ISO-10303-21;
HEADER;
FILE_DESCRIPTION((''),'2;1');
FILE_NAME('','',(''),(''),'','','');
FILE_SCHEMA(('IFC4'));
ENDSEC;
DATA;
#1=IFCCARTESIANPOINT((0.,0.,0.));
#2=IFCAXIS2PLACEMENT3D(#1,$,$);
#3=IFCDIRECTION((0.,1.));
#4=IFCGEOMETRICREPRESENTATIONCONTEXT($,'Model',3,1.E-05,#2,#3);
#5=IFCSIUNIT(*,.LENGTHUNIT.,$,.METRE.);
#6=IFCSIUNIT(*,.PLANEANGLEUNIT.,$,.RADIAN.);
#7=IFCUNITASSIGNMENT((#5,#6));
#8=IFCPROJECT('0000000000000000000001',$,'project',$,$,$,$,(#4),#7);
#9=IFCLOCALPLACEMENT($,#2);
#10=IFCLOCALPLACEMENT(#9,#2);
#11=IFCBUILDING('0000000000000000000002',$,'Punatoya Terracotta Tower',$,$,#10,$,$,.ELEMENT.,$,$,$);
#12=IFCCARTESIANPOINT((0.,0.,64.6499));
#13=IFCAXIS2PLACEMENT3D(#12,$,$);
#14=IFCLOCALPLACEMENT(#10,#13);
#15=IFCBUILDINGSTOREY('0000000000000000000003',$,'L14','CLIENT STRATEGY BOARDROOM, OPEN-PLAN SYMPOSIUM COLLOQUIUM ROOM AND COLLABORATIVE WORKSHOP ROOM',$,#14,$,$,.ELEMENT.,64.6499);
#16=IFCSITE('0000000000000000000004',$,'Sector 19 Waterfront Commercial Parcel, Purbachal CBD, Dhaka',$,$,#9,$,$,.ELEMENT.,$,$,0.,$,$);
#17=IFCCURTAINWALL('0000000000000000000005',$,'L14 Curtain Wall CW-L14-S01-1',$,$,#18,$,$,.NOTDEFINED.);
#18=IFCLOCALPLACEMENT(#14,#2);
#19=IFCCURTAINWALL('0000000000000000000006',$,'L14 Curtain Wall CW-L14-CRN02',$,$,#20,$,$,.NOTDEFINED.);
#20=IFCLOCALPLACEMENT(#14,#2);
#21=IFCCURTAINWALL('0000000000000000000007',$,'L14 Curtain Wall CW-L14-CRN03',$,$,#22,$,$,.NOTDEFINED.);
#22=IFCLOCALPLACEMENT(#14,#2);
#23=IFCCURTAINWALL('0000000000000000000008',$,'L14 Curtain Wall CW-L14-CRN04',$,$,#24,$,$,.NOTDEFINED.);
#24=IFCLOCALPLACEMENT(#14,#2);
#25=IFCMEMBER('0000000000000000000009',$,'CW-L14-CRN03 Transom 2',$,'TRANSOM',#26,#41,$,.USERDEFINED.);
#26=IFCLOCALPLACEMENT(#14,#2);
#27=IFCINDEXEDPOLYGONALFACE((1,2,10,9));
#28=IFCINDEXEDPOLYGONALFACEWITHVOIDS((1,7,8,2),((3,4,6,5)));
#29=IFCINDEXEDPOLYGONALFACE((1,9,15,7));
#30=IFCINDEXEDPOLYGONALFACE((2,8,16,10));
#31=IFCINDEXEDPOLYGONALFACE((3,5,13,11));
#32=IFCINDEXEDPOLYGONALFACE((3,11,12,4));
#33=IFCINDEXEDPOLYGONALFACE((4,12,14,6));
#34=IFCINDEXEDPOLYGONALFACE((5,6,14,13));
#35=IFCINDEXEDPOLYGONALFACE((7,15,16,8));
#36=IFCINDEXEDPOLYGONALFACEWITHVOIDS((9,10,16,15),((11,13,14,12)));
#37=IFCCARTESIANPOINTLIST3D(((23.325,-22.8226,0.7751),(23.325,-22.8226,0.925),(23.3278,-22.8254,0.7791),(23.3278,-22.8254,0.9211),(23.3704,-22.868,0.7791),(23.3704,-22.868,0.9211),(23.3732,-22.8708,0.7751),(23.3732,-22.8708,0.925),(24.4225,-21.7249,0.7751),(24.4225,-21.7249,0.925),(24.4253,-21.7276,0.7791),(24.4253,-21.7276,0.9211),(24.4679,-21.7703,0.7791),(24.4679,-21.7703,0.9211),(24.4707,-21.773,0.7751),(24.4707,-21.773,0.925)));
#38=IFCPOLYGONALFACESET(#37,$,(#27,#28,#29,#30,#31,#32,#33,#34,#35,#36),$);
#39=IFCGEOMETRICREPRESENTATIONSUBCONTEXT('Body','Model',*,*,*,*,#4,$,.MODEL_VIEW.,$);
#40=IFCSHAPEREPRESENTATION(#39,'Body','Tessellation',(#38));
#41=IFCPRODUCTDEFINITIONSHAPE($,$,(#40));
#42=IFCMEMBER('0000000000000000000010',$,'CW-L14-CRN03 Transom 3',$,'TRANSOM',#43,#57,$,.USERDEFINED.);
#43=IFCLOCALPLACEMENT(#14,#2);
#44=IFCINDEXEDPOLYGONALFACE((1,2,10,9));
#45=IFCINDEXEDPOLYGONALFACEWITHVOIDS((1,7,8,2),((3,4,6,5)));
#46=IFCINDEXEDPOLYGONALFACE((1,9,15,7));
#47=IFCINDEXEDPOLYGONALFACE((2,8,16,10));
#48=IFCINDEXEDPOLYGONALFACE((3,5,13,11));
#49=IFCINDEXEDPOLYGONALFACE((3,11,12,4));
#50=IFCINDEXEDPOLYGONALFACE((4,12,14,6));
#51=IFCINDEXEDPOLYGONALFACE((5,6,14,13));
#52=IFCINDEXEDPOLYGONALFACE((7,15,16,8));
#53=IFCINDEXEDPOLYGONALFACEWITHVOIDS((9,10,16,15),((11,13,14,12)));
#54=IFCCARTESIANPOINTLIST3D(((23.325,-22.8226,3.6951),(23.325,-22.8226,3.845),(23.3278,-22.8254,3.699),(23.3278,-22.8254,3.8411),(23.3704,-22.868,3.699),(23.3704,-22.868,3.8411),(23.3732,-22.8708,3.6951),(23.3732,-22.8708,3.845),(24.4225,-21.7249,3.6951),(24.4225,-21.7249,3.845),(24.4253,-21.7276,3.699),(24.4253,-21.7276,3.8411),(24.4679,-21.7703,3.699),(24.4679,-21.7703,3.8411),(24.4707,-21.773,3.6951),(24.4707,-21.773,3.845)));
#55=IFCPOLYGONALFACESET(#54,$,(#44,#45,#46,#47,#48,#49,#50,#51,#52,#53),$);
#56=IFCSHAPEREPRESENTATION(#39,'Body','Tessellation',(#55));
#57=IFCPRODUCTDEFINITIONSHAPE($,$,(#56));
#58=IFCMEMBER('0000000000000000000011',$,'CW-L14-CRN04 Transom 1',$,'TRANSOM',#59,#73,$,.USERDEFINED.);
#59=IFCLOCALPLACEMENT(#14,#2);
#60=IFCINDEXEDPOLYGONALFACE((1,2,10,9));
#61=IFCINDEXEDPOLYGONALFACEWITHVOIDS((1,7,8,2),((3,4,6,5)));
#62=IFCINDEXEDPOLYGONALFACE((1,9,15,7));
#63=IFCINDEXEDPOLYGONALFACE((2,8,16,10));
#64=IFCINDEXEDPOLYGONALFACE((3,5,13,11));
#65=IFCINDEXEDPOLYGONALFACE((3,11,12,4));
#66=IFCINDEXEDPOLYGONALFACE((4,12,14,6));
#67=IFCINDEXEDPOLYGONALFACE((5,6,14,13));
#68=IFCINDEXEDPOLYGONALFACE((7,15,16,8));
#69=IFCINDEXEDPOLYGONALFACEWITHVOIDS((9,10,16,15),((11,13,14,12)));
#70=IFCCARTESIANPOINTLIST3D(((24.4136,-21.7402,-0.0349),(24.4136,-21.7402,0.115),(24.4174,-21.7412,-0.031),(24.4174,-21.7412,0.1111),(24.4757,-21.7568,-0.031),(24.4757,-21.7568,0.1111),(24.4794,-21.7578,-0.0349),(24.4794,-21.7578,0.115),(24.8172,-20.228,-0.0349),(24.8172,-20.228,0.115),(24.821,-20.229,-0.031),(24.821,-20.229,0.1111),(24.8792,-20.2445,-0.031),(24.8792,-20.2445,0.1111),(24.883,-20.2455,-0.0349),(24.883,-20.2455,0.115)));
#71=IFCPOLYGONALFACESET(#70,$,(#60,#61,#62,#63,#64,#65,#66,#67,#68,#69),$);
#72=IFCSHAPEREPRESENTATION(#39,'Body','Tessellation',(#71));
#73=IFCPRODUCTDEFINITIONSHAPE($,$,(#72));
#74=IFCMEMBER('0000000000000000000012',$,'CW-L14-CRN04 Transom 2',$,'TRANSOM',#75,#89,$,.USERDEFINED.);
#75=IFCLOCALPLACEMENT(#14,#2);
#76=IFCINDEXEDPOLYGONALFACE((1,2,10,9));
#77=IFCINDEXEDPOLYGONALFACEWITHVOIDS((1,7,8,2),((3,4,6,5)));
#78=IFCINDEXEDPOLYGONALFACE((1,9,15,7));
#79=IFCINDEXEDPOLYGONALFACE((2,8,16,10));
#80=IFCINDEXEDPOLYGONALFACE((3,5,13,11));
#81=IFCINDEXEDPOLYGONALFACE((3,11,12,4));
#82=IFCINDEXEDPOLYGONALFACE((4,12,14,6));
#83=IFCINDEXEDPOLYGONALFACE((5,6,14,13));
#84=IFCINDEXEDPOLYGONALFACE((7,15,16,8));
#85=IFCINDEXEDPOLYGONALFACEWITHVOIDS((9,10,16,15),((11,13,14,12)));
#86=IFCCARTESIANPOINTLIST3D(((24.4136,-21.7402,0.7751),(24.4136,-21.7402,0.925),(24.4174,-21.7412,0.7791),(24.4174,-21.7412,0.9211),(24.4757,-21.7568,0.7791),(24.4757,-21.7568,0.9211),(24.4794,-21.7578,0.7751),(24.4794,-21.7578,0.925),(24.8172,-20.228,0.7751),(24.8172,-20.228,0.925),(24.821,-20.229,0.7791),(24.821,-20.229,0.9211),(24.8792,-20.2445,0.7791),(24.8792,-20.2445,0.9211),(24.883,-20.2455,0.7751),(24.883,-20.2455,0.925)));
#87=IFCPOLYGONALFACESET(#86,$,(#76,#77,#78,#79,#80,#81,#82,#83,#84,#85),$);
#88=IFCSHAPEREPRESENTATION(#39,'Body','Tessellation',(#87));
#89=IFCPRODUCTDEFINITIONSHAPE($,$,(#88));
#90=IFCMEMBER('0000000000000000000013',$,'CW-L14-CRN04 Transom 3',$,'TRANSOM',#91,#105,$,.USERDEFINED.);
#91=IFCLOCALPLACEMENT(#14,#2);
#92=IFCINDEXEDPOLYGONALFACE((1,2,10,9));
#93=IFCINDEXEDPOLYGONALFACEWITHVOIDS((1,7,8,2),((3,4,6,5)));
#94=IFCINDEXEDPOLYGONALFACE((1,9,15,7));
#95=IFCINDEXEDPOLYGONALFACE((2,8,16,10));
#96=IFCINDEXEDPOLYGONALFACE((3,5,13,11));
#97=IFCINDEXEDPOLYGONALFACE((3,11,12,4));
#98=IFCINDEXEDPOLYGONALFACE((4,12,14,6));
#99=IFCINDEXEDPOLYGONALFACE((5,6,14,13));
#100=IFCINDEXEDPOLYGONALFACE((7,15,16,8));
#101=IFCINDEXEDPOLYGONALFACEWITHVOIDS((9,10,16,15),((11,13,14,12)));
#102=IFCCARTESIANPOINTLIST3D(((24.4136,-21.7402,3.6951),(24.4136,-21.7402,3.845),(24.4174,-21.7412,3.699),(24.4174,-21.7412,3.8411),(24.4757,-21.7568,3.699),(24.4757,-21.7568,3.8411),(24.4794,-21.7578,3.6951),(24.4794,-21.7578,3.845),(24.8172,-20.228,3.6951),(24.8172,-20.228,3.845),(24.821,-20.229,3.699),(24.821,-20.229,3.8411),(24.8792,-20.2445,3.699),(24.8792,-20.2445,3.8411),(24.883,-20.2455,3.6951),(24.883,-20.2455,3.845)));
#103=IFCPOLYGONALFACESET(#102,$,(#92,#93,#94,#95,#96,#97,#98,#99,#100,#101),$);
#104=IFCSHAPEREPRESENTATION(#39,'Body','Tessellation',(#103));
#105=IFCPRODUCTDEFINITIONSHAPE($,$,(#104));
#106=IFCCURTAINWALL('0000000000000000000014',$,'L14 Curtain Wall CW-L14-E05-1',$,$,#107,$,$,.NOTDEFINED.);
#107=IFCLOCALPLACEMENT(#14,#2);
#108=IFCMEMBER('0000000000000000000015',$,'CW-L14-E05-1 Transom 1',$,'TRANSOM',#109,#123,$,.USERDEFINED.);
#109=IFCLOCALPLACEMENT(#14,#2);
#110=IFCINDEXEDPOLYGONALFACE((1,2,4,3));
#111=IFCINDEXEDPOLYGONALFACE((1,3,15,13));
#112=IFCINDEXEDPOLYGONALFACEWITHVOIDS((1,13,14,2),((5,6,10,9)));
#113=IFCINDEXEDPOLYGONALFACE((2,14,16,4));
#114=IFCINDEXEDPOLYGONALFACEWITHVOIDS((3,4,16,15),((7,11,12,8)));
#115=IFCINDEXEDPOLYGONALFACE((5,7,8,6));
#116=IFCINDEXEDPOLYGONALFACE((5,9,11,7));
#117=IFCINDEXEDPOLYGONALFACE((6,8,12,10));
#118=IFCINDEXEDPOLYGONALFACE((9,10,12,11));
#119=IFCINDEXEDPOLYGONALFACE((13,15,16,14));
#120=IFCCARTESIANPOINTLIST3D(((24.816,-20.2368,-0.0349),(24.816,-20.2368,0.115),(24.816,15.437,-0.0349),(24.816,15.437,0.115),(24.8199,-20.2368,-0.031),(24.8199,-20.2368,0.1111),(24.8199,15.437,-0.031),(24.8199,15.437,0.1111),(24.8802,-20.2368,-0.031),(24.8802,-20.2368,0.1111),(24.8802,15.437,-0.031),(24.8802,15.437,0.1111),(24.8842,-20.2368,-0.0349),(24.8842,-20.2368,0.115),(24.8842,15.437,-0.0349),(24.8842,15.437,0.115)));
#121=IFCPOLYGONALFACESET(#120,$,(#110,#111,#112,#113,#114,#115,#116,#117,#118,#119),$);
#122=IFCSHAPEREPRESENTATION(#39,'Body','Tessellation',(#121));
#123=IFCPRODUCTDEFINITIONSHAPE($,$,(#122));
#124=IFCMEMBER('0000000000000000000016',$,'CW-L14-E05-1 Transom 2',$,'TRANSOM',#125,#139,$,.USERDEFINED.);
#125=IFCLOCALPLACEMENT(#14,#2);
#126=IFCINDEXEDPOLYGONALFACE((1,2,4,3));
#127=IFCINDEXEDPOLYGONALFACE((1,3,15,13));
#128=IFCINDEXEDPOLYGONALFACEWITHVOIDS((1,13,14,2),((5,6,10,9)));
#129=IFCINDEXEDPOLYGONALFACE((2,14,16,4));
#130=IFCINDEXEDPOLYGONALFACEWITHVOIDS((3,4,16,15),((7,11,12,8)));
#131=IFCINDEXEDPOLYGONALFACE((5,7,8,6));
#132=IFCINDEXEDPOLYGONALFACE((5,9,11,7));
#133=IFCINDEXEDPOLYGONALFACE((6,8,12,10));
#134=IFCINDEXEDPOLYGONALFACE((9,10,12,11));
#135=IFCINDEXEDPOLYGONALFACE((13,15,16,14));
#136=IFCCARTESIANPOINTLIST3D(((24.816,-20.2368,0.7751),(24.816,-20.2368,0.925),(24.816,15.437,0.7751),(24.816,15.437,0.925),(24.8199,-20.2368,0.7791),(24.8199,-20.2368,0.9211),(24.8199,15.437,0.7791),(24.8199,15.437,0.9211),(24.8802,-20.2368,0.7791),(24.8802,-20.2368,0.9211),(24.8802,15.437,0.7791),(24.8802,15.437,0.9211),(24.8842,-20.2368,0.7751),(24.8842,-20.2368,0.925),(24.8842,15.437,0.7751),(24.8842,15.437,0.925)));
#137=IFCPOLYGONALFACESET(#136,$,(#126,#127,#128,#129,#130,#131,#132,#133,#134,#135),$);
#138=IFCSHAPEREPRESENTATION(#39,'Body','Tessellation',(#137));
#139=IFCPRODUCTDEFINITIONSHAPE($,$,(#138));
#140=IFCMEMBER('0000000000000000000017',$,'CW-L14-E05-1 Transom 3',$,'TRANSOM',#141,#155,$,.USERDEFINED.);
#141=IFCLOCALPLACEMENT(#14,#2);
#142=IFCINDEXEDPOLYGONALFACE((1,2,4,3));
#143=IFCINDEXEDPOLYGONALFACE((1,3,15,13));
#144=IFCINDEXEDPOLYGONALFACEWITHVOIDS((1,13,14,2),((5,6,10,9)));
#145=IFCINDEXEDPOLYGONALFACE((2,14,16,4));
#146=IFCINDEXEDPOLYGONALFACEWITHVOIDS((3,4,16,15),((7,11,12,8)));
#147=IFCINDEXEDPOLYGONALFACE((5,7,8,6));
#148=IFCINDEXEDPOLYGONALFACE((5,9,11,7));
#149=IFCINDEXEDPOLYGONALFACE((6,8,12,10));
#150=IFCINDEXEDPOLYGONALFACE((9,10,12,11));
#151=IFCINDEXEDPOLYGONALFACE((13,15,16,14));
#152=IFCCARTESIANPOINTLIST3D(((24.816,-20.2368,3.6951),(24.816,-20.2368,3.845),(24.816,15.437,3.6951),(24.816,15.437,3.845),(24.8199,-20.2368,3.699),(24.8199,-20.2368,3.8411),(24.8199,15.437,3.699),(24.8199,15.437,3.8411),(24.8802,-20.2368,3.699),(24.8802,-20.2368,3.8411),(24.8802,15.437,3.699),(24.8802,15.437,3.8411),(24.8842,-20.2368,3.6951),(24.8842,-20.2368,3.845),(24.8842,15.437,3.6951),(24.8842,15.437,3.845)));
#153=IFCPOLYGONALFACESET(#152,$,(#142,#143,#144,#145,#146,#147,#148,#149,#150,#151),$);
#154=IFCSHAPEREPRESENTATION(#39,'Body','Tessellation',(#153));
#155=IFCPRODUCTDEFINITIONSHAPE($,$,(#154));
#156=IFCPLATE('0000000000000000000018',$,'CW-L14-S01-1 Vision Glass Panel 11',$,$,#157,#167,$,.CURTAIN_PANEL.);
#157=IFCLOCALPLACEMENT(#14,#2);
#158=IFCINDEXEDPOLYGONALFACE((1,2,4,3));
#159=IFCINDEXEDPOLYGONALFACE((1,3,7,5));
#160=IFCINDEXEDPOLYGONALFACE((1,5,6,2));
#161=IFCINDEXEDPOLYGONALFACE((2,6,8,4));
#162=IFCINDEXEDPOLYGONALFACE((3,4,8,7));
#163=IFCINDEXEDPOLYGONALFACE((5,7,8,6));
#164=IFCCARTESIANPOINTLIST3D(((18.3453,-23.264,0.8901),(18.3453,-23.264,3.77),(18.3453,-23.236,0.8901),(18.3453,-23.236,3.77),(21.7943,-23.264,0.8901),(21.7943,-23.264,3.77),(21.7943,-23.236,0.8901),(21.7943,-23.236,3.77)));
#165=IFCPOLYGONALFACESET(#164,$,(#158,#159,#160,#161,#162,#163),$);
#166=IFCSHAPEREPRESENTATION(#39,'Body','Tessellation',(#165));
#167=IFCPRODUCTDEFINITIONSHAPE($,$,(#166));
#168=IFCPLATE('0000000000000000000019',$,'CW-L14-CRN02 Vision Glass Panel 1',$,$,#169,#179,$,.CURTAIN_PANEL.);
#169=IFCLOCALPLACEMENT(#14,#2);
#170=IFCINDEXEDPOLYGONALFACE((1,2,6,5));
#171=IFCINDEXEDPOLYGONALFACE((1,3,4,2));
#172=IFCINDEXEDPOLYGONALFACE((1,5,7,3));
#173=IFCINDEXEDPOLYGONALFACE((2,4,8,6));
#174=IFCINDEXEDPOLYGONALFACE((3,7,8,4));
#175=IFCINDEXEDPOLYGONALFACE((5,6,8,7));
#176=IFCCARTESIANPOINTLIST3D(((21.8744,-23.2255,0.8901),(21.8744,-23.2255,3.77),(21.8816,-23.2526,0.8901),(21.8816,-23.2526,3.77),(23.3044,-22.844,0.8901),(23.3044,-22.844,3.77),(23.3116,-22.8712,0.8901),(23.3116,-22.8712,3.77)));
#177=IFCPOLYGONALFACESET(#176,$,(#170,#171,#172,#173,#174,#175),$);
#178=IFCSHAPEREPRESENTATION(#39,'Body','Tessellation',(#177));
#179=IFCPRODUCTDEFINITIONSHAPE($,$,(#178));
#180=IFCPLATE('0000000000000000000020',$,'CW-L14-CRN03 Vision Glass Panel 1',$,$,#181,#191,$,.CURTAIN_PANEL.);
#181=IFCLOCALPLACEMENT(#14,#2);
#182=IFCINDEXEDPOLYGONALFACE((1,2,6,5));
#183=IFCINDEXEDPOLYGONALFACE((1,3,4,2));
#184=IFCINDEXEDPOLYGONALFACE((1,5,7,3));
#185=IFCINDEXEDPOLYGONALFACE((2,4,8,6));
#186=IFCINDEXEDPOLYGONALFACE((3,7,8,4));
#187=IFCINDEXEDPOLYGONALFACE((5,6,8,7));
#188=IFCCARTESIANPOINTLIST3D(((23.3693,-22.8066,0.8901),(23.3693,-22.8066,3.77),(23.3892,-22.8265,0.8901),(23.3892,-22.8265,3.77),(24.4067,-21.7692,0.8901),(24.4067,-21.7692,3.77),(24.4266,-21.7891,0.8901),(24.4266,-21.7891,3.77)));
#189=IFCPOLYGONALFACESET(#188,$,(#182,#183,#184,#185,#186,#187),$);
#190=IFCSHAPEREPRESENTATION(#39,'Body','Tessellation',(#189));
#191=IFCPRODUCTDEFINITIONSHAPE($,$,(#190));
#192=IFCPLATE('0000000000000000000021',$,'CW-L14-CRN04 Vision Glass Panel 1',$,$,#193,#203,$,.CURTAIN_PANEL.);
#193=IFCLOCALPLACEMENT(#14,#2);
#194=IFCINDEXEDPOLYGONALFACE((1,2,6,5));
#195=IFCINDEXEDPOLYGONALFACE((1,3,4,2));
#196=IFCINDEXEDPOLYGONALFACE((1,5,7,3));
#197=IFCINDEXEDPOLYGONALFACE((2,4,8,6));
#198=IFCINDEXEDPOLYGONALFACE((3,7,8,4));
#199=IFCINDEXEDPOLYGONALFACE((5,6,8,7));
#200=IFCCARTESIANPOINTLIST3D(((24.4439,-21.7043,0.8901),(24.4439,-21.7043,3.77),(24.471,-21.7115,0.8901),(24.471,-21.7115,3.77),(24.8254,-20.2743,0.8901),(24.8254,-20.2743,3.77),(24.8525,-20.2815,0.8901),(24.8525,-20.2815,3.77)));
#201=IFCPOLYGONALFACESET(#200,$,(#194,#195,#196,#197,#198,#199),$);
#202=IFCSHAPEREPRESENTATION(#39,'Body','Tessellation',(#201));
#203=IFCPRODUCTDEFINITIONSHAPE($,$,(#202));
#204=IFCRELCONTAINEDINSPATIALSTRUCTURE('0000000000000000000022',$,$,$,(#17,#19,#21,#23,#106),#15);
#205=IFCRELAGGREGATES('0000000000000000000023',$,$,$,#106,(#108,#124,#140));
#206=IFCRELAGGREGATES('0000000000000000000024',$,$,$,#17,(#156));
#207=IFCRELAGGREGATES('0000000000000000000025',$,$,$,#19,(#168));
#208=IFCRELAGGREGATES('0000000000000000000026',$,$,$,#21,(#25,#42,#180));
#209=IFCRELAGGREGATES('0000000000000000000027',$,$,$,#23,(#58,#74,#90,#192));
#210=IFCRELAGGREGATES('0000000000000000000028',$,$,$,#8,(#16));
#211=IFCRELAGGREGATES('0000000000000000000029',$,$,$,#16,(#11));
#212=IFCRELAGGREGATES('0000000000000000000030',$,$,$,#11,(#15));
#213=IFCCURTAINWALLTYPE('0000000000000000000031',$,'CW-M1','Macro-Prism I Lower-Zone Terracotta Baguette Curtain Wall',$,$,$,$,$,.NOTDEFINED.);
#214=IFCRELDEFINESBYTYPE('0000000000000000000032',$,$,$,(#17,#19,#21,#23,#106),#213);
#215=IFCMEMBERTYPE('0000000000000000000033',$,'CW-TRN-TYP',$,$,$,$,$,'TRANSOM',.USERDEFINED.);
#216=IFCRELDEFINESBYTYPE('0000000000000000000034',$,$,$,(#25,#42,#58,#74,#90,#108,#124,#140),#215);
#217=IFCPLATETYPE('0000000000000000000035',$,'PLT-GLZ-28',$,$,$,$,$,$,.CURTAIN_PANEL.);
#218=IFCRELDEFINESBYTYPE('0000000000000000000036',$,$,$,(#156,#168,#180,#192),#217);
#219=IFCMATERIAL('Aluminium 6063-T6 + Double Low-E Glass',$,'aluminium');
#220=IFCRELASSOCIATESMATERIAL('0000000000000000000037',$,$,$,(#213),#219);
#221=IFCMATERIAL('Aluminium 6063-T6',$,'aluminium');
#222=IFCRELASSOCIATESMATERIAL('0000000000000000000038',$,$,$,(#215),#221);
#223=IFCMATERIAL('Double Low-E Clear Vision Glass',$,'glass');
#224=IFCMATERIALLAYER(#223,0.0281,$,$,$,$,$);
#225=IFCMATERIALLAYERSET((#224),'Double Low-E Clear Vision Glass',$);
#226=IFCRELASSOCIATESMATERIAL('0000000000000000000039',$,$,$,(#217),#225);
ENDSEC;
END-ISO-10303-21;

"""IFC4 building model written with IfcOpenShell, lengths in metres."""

from ifc_helpers import new_model, si_unit, direction, frame, origin, origin_2d, place, context, subcontext, project, spatial, rectangle, hollow_rectangle, extrude, material, layer, layer_set, material_profile, profile_set, type_object, element, aggregate, save


model = new_model("IFC4")

# Units and contexts
model_context = context("Model", 3, precision=1e-05, world=origin(), true_north=direction((0.0, 1.0)))
body_context = subcontext(model_context, "Body", "Model", "MODEL_VIEW")
ifc_project = project(units=[si_unit("LENGTHUNIT", "METRE"), si_unit("PLANEANGLEUNIT", "RADIAN")], contexts=[model_context])

# Site, building, storey
site_placement = place(None, origin())
site = spatial("IfcSite", under=ifc_project, at=site_placement, Name="Sector 19 Waterfront Commercial Parcel, Purbachal CBD, Dhaka", CompositionType="ELEMENT", RefElevation=0.0)
building_placement = place(site_placement, origin())
building = spatial("IfcBuilding", under=site, at=building_placement, Name="Punatoya Terracotta Tower", CompositionType="ELEMENT")
storey_placement = place(building_placement, frame((0.0, 0.0, 64.6499)))
storey = spatial("IfcBuildingStorey", under=building, at=storey_placement, Name="L14", Description="CLIENT STRATEGY BOARDROOM, OPEN-PLAN SYMPOSIUM COLLOQUIUM ROOM AND COLLABORATIVE WORKSHOP ROOM", CompositionType="ELEMENT", Elevation=64.6499)

# Curtain wall
ifc_material_1 = material(Name="Aluminium 6063-T6 + Double Low-E Glass", Category="aluminium")
curtain_wall_type = type_object("IfcCurtainWallType", Name="CW-M1", Description="Macro-Prism I Lower-Zone Terracotta Baguette Curtain Wall", PredefinedType="NOTDEFINED", material=ifc_material_1)
curtain_wall_1_placement = place(storey_placement, origin())
curtain_wall_1 = element("IfcCurtainWall", 1, at=curtain_wall_1_placement, inside=storey, type_object=curtain_wall_type, Name="L14 Curtain Wall CW-L14-S01-1", PredefinedType="NOTDEFINED")
ifc_material_2 = material(Name="Aluminium 6063-T6", Category="aluminium")

# Curtain walls
curtain_wall_2_placement = place(storey_placement, origin())
curtain_wall_2 = element("IfcCurtainWall", 2, at=curtain_wall_2_placement, inside=storey, type_object=curtain_wall_type, Name="L14 Curtain Wall CW-L14-CRN02", PredefinedType="NOTDEFINED")
curtain_wall_3_placement = place(storey_placement, origin())
curtain_wall_3 = element("IfcCurtainWall", 3, at=curtain_wall_3_placement, inside=storey, type_object=curtain_wall_type, Name="L14 Curtain Wall CW-L14-CRN03", PredefinedType="NOTDEFINED")
curtain_wall_4_placement = place(storey_placement, origin())
curtain_wall_4 = element("IfcCurtainWall", 4, at=curtain_wall_4_placement, inside=storey, type_object=curtain_wall_type, Name="L14 Curtain Wall CW-L14-CRN04", PredefinedType="NOTDEFINED")

# Members
ifc_material_profile_1 = material_profile(ifc_material_2, hollow_rectangle(XDim=0.0681, YDim=0.1499, WallThickness=0.0039, at=origin_2d()))
ifc_profile_set_1 = profile_set([ifc_material_profile_1], Name="Aluminium 6063-T6")
member_type_1 = type_object("IfcMemberType", Name="CW-TRN-TYP", ElementType="TRANSOM", PredefinedType="USERDEFINED", material=ifc_profile_set_1)
member_1_placement = place(storey_placement, frame((23.3491, -22.8467, 0.8501), z_axis=(0.707028, 0.707185, 0.0), x_axis=(-0.707185, 0.707028, 0.0)))
member_1 = element("IfcMember", 5, at=member_1_placement, type_object=member_type_1, Name="CW-L14-CRN03 Transom 2", ObjectType="TRANSOM", PredefinedType="USERDEFINED", context=body_context, shape_type="SweptSolid", body=[
    extrude(hollow_rectangle(XDim=0.0681, YDim=0.1499, WallThickness=0.0039, at=origin_2d()), origin(), (0.0, 0.0, 1.0), 1.5522),
])
member_2_placement = place(storey_placement, frame((23.3491, -22.8467, 3.77), z_axis=(0.707028, 0.707185, 0.0), x_axis=(-0.707185, 0.707028, 0.0)))
member_2 = element("IfcMember", 6, at=member_2_placement, type_object=member_type_1, Name="CW-L14-CRN03 Transom 3", ObjectType="TRANSOM", PredefinedType="USERDEFINED", context=body_context, shape_type="SweptSolid", body=[
    extrude(hollow_rectangle(XDim=0.0681, YDim=0.1499, WallThickness=0.0039, at=origin_2d()), origin(), (0.0, 0.0, 1.0), 1.5522),
])
member_3_placement = place(storey_placement, frame((24.4465, -21.749, 0.04), z_axis=(0.257847, 0.966186, 0.0), x_axis=(-0.966186, 0.257847, 0.0)))
member_3 = element("IfcMember", 7, at=member_3_placement, type_object=member_type_1, Name="CW-L14-CRN04 Transom 1", ObjectType="TRANSOM", PredefinedType="USERDEFINED", context=body_context, shape_type="SweptSolid", body=[
    extrude(hollow_rectangle(XDim=0.0681, YDim=0.1499, WallThickness=0.0039, at=origin_2d()), origin(), (0.0, 0.0, 1.0), 1.5652),
])
member_4_placement = place(storey_placement, frame((24.4465, -21.749, 0.8501), z_axis=(0.257847, 0.966186, 0.0), x_axis=(-0.966186, 0.257847, 0.0)))
member_4 = element("IfcMember", 8, at=member_4_placement, type_object=member_type_1, Name="CW-L14-CRN04 Transom 2", ObjectType="TRANSOM", PredefinedType="USERDEFINED", context=body_context, shape_type="SweptSolid", body=[
    extrude(hollow_rectangle(XDim=0.0681, YDim=0.1499, WallThickness=0.0039, at=origin_2d()), origin(), (0.0, 0.0, 1.0), 1.5652),
])
member_5_placement = place(storey_placement, frame((24.4465, -21.749, 3.77), z_axis=(0.257847, 0.966186, 0.0), x_axis=(-0.966186, 0.257847, 0.0)))
member_5 = element("IfcMember", 9, at=member_5_placement, type_object=member_type_1, Name="CW-L14-CRN04 Transom 3", ObjectType="TRANSOM", PredefinedType="USERDEFINED", context=body_context, shape_type="SweptSolid", body=[
    extrude(hollow_rectangle(XDim=0.0681, YDim=0.1499, WallThickness=0.0039, at=origin_2d()), origin(), (0.0, 0.0, 1.0), 1.5652),
])

# Curtain wall, members
curtain_wall_5_placement = place(storey_placement, origin())
curtain_wall_5 = element("IfcCurtainWall", 10, at=curtain_wall_5_placement, inside=storey, type_object=curtain_wall_type, Name="L14 Curtain Wall CW-L14-E05-1", PredefinedType="NOTDEFINED")
member_6_placement = place(storey_placement, frame((24.8501, -20.2368, 0.04), z_axis=(0.0, 1.0, 0.0), x_axis=(-1.0, 0.0, 0.0)))
member_6 = element("IfcMember", 11, at=member_6_placement, type_object=member_type_1, Name="CW-L14-E05-1 Transom 1", ObjectType="TRANSOM", PredefinedType="USERDEFINED", context=body_context, shape_type="SweptSolid", body=[
    extrude(hollow_rectangle(XDim=0.0681, YDim=0.1499, WallThickness=0.0039, at=origin_2d()), origin(), (0.0, 0.0, 1.0), 35.6738),
])
member_7_placement = place(storey_placement, frame((24.8501, -20.2368, 0.8501), z_axis=(0.0, 1.0, 0.0), x_axis=(-1.0, 0.0, 0.0)))
member_7 = element("IfcMember", 12, at=member_7_placement, type_object=member_type_1, Name="CW-L14-E05-1 Transom 2", ObjectType="TRANSOM", PredefinedType="USERDEFINED", context=body_context, shape_type="SweptSolid", body=[
    extrude(hollow_rectangle(XDim=0.0681, YDim=0.1499, WallThickness=0.0039, at=origin_2d()), origin(), (0.0, 0.0, 1.0), 35.6738),
])
member_8_placement = place(storey_placement, frame((24.8501, -20.2368, 3.77), z_axis=(0.0, 1.0, 0.0), x_axis=(-1.0, 0.0, 0.0)))
member_8 = element("IfcMember", 13, at=member_8_placement, type_object=member_type_1, Name="CW-L14-E05-1 Transom 3", ObjectType="TRANSOM", PredefinedType="USERDEFINED", context=body_context, shape_type="SweptSolid", body=[
    extrude(hollow_rectangle(XDim=0.0681, YDim=0.1499, WallThickness=0.0039, at=origin_2d()), origin(), (0.0, 0.0, 1.0), 35.6738),
])
aggregate(curtain_wall_5, [member_6, member_7, member_8])

# Plates
ifc_material_3 = material(Name="Double Low-E Clear Vision Glass", Category="glass")
ifc_layer_1 = layer(ifc_material_3, 0.0281)
ifc_layer_set_1 = layer_set([ifc_layer_1], Name="Double Low-E Clear Vision Glass")
plate_type_1 = type_object("IfcPlateType", Name="PLT-GLZ-28", PredefinedType="CURTAIN_PANEL", material=ifc_layer_set_1)
plate_1_placement = place(storey_placement, frame((20.0698, -23.25, 0.8901), z_axis=(0.0, 0.0, 1.0), x_axis=(1.0, 0.0, 0.0)))
plate_1 = element("IfcPlate", 14, at=plate_1_placement, type_object=plate_type_1, Name="CW-L14-S01-1 Vision Glass Panel 11", PredefinedType="CURTAIN_PANEL", context=body_context, shape_type="SweptSolid", body=[
    extrude(rectangle(XDim=3.449, YDim=0.0281, at=origin_2d()), origin(), (0.0, 0.0, 1.0), 2.8799),
])
plate_2_placement = place(storey_placement, frame((22.593, -23.0483, 0.8901), z_axis=(0.0, 0.0, 1.0), x_axis=(0.966214, 0.257742, 0.0)))
plate_2 = element("IfcPlate", 15, at=plate_2_placement, type_object=plate_type_1, Name="CW-L14-CRN02 Vision Glass Panel 1", PredefinedType="CURTAIN_PANEL", context=body_context, shape_type="SweptSolid", body=[
    extrude(rectangle(XDim=1.48, YDim=0.0281, at=origin_2d()), origin(), (0.0, 0.0, 1.0), 2.8799),
])
plate_3_placement = place(storey_placement, frame((23.8979, -22.2979, 0.8901), z_axis=(0.0, 0.0, 1.0), x_axis=(0.707107, 0.707107, 0.0)))
plate_3 = element("IfcPlate", 16, at=plate_3_placement, type_object=plate_type_1, Name="CW-L14-CRN03 Vision Glass Panel 1", PredefinedType="CURTAIN_PANEL", context=body_context, shape_type="SweptSolid", body=[
    extrude(rectangle(XDim=1.467, YDim=0.0281, at=origin_2d()), origin(), (0.0, 0.0, 1.0), 2.8799),
])
plate_4_placement = place(storey_placement, frame((24.6482, -20.9929, 0.8901), z_axis=(0.0, 0.0, 1.0), x_axis=(0.257742, 0.966214, 0.0)))
plate_4 = element("IfcPlate", 17, at=plate_4_placement, type_object=plate_type_1, Name="CW-L14-CRN04 Vision Glass Panel 1", PredefinedType="CURTAIN_PANEL", context=body_context, shape_type="SweptSolid", body=[
    extrude(rectangle(XDim=1.48, YDim=0.0281, at=origin_2d()), origin(), (0.0, 0.0, 1.0), 2.8799),
])
aggregate(curtain_wall_1, [plate_1])
aggregate(curtain_wall_2, [plate_2])
aggregate(curtain_wall_3, [member_1, member_2, plate_3])
aggregate(curtain_wall_4, [member_3, member_4, member_5, plate_4])

save(model, "model.ifc")
